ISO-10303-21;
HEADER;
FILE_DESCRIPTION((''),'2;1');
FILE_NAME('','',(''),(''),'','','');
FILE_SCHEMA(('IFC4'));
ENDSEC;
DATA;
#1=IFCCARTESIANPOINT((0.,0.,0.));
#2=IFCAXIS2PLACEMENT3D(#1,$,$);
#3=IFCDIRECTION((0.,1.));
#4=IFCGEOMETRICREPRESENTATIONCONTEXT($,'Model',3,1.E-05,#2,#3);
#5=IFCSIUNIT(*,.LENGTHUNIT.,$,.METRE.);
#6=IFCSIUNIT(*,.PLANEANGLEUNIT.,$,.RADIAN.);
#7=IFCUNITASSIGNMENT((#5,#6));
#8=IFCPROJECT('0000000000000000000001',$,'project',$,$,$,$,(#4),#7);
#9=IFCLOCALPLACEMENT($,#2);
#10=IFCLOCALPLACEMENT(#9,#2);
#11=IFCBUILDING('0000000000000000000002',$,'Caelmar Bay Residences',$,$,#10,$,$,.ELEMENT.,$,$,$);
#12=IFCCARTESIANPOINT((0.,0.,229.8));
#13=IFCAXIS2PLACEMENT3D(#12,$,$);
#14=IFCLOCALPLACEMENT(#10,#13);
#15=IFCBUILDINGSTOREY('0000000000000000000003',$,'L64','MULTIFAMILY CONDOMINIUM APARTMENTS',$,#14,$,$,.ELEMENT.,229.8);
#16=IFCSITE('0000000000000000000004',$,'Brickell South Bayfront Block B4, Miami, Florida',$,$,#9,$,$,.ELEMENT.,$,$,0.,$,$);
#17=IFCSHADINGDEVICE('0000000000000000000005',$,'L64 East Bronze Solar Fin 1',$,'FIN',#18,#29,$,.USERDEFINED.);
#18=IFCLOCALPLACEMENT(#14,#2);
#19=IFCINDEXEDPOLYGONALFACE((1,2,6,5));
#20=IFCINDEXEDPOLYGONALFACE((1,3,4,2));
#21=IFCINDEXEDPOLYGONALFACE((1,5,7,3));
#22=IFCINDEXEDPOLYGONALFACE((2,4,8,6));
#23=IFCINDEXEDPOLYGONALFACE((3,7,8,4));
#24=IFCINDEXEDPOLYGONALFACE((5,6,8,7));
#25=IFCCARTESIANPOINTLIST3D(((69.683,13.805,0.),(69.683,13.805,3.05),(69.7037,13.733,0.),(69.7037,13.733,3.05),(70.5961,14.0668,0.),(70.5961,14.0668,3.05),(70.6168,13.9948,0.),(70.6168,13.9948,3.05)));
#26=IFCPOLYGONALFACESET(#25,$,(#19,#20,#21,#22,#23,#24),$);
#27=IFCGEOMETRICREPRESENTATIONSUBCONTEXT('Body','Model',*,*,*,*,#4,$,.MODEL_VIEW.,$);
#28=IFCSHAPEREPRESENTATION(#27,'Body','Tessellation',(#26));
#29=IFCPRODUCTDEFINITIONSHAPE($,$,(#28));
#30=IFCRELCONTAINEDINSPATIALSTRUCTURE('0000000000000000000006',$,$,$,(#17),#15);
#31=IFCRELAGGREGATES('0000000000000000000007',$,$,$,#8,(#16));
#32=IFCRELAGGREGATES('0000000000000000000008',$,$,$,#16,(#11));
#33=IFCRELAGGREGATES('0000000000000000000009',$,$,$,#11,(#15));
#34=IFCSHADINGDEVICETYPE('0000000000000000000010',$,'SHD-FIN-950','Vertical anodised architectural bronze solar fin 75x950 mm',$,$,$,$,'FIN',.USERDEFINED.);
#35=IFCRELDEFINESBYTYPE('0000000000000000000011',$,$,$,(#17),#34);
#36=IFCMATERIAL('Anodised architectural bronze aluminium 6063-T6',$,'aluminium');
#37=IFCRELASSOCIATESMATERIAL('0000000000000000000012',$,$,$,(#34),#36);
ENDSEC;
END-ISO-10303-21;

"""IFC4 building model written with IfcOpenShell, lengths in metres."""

from ifc_helpers import new_model, si_unit, direction, frame, origin, origin_2d, place, context, subcontext, project, spatial, rectangle, extrude, material, material_profile, profile_set, type_object, element, save


model = new_model("IFC4")

# Units and contexts
model_context = context("Model", 3, precision=1e-05, world=origin(), true_north=direction((0.0, 1.0)))
body_context = subcontext(model_context, "Body", "Model", "MODEL_VIEW")
ifc_project = project(units=[si_unit("LENGTHUNIT", "METRE"), si_unit("PLANEANGLEUNIT", "RADIAN")], contexts=[model_context])

# Site, building, storey
site_placement = place(None, origin())
site = spatial("IfcSite", under=ifc_project, at=site_placement, Name="Brickell South Bayfront Block B4, Miami, Florida", CompositionType="ELEMENT", RefElevation=0.0)
building_placement = place(site_placement, origin())
building = spatial("IfcBuilding", under=site, at=building_placement, Name="Caelmar Bay Residences", CompositionType="ELEMENT")
storey_placement = place(building_placement, frame((0.0, 0.0, 229.8)))
storey = spatial("IfcBuildingStorey", under=building, at=storey_placement, Name="L64", Description="MULTIFAMILY CONDOMINIUM APARTMENTS", CompositionType="ELEMENT", Elevation=229.8)

# Shading device
ifc_material_1 = material(Name="Anodised architectural bronze aluminium 6063-T6", Category="aluminium")
ifc_material_profile_1 = material_profile(ifc_material_1, rectangle(XDim=0.075, YDim=0.95, at=origin_2d()), Name="BRONZE-FIN-75X950")
ifc_profile_set_1 = profile_set([ifc_material_profile_1], Name="Anodised architectural bronze aluminium 6063-T6")
shading_device_type = type_object("IfcShadingDeviceType", Name="SHD-FIN-950", Description="Vertical anodised architectural bronze solar fin 75x950 mm", ElementType="FIN", PredefinedType="USERDEFINED", material=ifc_profile_set_1)
shading_device_placement = place(storey_placement, frame((70.1499, 13.8999, 0.0), z_axis=(0.0, 0.0, 1.0), x_axis=(-0.275637, 0.961262, 0.0)))
element("IfcShadingDevice", 1, at=shading_device_placement, inside=storey, type_object=shading_device_type, Name="L64 East Bronze Solar Fin 1", ObjectType="FIN", PredefinedType="USERDEFINED", context=body_context, shape_type="SweptSolid", body=[
    extrude(rectangle(XDim=0.075, YDim=0.95, at=origin_2d()), origin(), (0.0, 0.0, 1.0), 3.05),
])

save(model, "model.ifc")
